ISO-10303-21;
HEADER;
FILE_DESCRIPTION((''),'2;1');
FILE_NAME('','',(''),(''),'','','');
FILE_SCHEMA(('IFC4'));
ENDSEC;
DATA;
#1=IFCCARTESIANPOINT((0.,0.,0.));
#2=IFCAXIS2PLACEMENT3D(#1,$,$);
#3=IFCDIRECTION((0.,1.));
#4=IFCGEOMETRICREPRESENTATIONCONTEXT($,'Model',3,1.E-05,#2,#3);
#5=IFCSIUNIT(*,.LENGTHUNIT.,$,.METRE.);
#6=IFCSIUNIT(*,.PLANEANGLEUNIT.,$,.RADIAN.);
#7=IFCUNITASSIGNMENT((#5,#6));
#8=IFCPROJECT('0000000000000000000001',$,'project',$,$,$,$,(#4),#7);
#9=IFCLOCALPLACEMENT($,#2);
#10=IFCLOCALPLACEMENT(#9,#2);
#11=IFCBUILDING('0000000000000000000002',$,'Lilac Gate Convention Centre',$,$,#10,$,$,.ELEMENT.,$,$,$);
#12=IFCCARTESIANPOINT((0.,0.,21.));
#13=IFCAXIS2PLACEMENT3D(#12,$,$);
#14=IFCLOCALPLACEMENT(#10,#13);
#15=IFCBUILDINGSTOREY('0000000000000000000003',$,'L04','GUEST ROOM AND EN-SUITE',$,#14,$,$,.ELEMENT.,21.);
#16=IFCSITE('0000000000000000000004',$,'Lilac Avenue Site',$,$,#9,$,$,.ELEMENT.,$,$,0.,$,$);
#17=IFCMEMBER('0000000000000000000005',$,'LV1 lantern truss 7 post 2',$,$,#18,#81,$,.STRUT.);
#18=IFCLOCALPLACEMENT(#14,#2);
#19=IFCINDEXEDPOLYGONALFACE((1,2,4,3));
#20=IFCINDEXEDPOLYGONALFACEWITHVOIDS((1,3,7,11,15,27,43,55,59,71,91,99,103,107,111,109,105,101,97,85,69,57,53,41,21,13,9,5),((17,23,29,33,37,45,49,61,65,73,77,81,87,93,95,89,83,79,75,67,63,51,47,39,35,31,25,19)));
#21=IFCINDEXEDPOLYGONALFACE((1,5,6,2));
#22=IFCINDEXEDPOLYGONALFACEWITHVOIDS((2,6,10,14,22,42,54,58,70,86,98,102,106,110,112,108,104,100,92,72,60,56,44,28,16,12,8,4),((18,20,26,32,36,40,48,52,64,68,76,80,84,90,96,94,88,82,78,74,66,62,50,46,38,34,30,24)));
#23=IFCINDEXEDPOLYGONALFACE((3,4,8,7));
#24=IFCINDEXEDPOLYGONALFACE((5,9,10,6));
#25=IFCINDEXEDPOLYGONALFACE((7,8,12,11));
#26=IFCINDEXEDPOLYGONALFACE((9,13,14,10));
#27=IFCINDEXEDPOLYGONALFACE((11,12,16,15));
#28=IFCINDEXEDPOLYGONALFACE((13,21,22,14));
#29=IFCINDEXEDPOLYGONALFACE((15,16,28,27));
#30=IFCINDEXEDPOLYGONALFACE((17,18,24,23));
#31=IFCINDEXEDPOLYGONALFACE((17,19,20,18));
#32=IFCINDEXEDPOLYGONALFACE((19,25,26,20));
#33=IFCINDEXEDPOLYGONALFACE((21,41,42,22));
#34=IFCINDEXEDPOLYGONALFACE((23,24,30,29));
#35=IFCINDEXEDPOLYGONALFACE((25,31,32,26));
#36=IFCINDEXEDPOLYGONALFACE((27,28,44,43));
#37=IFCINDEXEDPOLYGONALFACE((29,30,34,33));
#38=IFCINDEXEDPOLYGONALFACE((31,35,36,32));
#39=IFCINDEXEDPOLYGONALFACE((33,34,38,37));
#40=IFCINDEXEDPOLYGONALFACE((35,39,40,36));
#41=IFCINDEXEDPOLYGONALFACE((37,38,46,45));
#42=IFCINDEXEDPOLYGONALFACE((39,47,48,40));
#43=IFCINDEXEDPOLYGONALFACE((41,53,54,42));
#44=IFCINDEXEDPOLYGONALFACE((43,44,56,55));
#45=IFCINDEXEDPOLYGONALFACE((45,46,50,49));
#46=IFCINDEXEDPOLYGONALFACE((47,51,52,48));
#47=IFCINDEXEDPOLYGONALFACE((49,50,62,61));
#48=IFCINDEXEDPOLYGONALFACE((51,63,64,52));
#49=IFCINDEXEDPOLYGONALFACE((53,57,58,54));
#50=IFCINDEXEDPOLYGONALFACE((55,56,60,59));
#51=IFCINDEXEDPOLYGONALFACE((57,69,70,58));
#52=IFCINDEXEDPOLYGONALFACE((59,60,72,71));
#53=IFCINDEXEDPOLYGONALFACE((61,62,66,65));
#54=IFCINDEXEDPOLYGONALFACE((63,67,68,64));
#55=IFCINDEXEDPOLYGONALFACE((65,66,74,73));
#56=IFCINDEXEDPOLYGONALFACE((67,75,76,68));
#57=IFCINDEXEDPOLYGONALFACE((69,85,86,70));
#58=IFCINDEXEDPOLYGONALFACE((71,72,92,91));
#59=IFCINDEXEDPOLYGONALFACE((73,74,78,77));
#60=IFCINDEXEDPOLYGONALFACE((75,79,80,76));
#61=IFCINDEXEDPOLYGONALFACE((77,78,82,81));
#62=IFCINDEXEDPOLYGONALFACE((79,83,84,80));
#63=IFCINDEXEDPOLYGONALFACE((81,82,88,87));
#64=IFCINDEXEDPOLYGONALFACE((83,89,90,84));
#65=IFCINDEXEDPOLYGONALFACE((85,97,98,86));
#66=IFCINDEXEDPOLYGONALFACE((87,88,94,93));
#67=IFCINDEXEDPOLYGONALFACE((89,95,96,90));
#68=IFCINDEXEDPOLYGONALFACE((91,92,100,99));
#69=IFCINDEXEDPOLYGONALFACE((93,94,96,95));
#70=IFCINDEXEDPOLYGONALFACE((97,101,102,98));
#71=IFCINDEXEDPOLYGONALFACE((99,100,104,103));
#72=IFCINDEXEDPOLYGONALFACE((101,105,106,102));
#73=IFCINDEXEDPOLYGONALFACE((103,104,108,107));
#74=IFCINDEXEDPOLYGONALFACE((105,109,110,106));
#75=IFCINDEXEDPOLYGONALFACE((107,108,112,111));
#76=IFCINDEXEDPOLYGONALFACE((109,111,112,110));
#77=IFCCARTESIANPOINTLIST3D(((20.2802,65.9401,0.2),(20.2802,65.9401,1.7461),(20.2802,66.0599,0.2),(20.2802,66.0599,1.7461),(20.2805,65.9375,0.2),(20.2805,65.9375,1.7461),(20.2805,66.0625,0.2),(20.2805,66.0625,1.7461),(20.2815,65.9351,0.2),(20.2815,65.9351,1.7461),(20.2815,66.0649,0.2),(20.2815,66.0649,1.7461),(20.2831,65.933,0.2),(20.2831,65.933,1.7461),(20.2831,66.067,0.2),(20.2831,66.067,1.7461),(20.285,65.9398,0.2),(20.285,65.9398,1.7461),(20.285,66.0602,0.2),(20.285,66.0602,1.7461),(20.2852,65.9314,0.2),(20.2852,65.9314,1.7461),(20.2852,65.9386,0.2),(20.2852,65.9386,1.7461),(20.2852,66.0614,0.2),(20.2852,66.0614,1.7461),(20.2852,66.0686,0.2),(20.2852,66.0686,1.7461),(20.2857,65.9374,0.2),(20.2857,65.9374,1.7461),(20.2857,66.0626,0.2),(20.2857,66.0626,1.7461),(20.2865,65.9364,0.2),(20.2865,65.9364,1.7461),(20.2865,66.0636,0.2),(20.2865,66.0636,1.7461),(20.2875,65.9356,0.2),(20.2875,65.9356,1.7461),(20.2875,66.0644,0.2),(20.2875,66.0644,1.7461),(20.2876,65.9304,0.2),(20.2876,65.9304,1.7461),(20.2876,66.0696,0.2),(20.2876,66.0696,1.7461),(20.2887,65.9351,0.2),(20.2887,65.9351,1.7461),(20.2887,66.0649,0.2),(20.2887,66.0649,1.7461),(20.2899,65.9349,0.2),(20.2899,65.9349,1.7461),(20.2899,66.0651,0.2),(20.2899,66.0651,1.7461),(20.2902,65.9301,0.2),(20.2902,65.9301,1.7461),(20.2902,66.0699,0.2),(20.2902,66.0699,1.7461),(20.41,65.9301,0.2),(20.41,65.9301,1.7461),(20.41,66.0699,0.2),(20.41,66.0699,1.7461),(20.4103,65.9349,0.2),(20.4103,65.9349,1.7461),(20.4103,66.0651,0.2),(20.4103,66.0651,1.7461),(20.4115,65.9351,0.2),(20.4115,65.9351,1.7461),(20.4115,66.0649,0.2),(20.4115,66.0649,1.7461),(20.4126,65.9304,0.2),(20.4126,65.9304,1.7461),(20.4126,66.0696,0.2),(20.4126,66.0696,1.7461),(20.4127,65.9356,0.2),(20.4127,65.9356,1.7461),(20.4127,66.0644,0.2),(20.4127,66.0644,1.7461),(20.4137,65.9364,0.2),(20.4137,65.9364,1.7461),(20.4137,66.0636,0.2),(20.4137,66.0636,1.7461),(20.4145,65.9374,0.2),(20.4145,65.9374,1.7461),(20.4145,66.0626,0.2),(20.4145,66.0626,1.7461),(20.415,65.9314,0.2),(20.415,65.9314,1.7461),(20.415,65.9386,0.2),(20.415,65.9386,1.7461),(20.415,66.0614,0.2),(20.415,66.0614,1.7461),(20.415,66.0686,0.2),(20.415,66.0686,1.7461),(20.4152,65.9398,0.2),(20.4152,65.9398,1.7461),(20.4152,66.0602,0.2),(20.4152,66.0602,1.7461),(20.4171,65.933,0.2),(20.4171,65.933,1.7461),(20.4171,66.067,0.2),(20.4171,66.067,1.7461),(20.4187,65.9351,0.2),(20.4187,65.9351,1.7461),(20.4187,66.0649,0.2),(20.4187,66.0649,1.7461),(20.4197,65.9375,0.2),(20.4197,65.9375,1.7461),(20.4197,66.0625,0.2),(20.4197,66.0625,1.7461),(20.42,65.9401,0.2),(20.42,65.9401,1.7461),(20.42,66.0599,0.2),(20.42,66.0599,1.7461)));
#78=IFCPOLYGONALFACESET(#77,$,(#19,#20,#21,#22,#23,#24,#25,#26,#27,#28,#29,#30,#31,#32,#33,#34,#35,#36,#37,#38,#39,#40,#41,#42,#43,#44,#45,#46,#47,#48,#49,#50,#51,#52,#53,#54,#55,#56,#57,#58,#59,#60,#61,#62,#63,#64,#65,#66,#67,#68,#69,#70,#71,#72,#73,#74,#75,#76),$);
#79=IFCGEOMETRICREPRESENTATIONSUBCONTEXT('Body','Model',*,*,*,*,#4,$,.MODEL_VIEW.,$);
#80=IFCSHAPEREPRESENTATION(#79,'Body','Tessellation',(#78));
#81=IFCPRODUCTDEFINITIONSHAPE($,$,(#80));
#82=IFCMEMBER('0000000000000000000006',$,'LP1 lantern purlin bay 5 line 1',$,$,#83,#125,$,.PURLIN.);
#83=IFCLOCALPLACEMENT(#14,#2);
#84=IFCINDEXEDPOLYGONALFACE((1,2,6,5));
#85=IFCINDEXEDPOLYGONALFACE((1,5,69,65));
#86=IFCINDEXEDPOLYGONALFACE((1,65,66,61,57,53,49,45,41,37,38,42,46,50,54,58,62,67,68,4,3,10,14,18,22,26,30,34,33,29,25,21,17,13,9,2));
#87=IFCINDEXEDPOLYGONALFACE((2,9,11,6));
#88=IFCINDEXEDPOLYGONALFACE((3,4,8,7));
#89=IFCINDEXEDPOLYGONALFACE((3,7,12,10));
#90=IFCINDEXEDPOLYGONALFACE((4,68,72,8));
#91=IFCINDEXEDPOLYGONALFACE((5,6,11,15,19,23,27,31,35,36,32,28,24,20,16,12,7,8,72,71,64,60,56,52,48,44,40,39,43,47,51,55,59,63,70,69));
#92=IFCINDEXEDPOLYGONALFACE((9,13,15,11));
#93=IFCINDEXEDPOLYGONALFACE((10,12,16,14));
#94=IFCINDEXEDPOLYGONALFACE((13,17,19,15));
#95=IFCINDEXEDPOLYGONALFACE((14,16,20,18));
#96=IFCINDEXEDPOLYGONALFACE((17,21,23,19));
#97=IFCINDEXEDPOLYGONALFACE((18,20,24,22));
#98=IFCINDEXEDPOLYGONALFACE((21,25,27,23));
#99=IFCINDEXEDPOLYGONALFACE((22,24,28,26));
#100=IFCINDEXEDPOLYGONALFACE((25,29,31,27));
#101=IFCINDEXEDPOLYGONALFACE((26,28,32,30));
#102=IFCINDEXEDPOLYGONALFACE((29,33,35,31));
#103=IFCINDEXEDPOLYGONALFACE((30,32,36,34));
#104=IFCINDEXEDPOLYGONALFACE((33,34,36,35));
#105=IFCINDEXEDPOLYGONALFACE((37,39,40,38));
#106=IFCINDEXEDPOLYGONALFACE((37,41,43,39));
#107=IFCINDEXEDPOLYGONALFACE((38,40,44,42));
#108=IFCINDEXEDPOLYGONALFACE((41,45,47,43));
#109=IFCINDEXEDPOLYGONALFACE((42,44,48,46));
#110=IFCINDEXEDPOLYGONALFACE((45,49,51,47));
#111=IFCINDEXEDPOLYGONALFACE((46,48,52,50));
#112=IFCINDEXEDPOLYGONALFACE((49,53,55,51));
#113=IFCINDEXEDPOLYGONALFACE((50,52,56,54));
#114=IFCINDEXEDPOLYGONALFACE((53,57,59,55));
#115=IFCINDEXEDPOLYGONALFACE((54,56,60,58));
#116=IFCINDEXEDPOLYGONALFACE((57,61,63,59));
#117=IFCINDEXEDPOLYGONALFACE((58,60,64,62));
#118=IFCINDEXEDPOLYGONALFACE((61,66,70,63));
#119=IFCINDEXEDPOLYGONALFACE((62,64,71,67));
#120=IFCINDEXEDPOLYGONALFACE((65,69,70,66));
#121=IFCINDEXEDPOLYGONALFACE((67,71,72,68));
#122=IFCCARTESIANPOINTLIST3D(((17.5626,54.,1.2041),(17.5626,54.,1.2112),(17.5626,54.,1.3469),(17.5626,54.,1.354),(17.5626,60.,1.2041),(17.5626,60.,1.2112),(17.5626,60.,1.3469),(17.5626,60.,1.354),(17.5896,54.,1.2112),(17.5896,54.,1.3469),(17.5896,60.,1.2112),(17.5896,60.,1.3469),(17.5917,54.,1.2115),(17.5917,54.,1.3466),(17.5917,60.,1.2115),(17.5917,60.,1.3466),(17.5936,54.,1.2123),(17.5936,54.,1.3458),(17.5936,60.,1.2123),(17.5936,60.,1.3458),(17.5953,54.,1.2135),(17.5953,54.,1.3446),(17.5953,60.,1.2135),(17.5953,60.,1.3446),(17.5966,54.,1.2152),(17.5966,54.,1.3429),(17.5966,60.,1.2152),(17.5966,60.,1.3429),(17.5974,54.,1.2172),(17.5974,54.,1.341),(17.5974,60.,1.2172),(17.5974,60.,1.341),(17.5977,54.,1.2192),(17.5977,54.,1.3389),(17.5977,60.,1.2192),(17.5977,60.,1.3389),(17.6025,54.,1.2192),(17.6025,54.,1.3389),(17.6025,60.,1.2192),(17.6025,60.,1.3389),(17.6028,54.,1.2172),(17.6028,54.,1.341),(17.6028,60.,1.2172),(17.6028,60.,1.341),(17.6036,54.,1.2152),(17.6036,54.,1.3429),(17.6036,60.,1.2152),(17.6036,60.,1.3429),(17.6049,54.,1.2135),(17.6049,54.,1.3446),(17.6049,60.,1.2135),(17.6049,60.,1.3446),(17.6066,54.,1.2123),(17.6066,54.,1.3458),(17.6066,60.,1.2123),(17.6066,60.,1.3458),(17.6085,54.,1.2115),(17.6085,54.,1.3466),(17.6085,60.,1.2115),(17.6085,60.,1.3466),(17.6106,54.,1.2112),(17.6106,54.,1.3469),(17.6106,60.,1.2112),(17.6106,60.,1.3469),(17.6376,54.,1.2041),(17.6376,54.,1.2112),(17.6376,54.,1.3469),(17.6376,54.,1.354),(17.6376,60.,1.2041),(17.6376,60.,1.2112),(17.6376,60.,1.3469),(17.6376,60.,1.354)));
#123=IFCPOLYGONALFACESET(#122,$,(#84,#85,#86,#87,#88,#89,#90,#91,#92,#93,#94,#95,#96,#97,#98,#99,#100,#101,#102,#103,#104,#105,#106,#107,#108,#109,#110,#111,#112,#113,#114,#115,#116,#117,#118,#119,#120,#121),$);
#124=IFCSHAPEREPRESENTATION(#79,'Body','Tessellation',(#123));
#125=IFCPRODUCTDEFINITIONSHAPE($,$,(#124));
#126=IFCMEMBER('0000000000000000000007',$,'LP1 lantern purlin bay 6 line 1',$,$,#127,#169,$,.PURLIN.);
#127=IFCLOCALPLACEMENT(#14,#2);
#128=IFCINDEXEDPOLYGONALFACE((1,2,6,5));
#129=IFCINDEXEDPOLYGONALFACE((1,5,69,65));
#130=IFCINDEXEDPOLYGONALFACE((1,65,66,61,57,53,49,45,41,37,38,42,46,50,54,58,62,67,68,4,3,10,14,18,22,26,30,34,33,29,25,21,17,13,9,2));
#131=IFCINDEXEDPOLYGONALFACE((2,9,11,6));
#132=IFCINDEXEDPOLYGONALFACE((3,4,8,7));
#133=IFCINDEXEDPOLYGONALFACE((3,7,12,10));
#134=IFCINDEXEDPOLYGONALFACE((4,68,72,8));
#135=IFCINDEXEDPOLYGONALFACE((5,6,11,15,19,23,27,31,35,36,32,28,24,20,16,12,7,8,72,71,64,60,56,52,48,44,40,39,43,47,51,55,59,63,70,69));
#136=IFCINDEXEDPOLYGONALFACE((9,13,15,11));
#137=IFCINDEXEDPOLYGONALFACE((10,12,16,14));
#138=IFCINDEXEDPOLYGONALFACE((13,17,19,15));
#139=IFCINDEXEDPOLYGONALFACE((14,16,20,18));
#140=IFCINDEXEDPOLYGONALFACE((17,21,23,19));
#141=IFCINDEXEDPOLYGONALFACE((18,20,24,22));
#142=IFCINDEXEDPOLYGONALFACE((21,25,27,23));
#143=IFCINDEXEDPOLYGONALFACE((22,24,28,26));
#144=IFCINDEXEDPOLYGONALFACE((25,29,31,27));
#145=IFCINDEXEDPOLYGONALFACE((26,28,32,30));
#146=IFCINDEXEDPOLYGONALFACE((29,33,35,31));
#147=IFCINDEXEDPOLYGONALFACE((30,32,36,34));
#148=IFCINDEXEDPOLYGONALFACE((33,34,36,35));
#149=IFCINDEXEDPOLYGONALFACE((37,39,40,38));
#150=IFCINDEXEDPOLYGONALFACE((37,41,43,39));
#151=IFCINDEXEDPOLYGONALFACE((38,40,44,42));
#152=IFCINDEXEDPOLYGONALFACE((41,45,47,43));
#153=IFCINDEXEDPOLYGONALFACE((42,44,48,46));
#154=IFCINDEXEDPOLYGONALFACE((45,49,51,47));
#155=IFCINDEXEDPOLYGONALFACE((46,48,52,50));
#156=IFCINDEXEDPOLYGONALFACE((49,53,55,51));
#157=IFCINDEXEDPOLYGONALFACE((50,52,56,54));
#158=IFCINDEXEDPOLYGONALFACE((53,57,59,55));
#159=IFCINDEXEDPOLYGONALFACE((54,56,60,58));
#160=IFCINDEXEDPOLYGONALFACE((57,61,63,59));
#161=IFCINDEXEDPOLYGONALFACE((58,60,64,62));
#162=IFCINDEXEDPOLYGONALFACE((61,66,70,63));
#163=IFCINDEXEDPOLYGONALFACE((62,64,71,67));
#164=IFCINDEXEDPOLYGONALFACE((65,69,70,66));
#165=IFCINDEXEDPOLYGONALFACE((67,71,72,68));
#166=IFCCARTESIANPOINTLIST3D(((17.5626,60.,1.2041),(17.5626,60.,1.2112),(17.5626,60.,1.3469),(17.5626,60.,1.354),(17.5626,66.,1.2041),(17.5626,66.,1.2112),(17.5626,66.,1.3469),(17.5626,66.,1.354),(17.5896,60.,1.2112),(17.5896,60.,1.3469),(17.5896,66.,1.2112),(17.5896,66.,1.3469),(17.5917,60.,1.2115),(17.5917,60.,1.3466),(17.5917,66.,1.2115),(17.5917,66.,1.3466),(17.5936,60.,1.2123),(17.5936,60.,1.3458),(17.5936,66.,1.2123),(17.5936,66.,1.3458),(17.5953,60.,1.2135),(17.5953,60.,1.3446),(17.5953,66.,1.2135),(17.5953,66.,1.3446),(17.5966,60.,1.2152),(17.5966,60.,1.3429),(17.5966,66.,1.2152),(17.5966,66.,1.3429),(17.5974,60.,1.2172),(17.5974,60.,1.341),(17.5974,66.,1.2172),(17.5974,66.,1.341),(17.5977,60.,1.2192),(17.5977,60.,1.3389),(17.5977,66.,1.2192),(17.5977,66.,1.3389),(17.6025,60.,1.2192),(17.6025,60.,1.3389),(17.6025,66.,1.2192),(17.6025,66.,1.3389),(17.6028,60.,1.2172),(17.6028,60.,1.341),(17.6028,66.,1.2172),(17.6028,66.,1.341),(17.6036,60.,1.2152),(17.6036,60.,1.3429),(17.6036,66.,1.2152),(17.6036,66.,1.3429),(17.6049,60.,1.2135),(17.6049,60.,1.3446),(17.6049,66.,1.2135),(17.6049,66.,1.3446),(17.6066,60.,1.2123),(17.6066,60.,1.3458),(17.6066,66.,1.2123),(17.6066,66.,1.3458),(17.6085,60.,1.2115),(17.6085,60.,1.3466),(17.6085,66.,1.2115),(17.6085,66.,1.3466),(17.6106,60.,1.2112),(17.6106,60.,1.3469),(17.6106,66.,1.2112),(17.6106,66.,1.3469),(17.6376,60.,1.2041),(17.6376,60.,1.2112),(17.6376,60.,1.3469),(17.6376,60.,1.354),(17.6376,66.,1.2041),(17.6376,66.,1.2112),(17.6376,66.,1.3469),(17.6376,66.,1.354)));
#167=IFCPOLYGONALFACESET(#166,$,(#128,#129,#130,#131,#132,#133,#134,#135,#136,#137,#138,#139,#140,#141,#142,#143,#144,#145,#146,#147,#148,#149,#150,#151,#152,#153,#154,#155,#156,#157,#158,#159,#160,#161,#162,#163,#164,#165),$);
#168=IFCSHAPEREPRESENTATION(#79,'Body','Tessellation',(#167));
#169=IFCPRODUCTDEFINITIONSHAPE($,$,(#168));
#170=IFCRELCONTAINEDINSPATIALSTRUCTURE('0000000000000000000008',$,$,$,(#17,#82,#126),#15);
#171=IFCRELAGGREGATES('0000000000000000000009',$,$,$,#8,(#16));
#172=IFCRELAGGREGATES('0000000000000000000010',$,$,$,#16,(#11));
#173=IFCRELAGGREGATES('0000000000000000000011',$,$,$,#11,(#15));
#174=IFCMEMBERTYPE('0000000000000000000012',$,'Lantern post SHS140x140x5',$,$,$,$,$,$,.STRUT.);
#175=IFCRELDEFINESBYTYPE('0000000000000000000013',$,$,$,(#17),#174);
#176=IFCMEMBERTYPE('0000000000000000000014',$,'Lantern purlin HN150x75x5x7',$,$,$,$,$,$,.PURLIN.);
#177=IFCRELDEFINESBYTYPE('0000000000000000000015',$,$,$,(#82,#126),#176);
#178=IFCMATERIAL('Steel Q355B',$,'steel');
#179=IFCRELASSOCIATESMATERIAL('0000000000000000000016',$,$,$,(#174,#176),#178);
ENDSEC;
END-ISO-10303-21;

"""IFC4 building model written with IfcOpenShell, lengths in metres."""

from ifc_helpers import new_model, si_unit, direction, frame, origin, origin_2d, place, context, subcontext, project, spatial, hollow_rectangle, i_section, extrude, material, material_profile, profile_set, type_object, element, save


model = new_model("IFC4")

# Units and contexts
model_context = context("Model", 3, precision=1e-05, world=origin(), true_north=direction((0.0, 1.0)))
body_context = subcontext(model_context, "Body", "Model", "MODEL_VIEW")
ifc_project = project(units=[si_unit("LENGTHUNIT", "METRE"), si_unit("PLANEANGLEUNIT", "RADIAN")], contexts=[model_context])

# Site, building, storey
site_placement = place(None, origin())
site = spatial("IfcSite", under=ifc_project, at=site_placement, Name="Lilac Avenue Site", CompositionType="ELEMENT", RefElevation=0.0)
building_placement = place(site_placement, origin())
building = spatial("IfcBuilding", under=site, at=building_placement, Name="Lilac Gate Convention Centre", CompositionType="ELEMENT")
storey_placement = place(building_placement, frame((0.0, 0.0, 21.0)))
storey = spatial("IfcBuildingStorey", under=building, at=storey_placement, Name="L04", Description="GUEST ROOM AND EN-SUITE", CompositionType="ELEMENT", Elevation=21.0)

# Members
ifc_material_1 = material(Name="Steel Q355B", Category="steel")
ifc_material_profile_1 = material_profile(ifc_material_1, hollow_rectangle(XDim=0.1399, YDim=0.1399, WallThickness=0.0049, InnerFilletRadius=0.0049, OuterFilletRadius=0.01, at=origin_2d()), Name="SHS140x140x5")
ifc_profile_set_1 = profile_set([ifc_material_profile_1], Name="Steel Q355B")
member_type_1 = type_object("IfcMemberType", Name="Lantern post SHS140x140x5", PredefinedType="STRUT", material=ifc_profile_set_1)
member_1_placement = place(storey_placement, frame((20.3501, 66.0, 0.2), z_axis=(0.0, 0.0, 1.0), x_axis=(1.0, 0.0, 0.0)))
element("IfcMember", 1, at=member_1_placement, inside=storey, type_object=member_type_1, Name="LV1 lantern truss 7 post 2", PredefinedType="STRUT", context=body_context, shape_type="SweptSolid", body=[
    extrude(hollow_rectangle(XDim=0.1399, YDim=0.1399, WallThickness=0.0049, InnerFilletRadius=0.0049, OuterFilletRadius=0.01, at=origin_2d()), origin(), (0.0, 0.0, 1.0), 1.5461),
])
ifc_material_profile_2 = material_profile(ifc_material_1, i_section(OverallWidth=0.075, OverallDepth=0.1499, WebThickness=0.0049, FlangeThickness=0.0071, FilletRadius=0.0081, at=origin_2d()), Name="HN150x75x5x7")
ifc_profile_set_2 = profile_set([ifc_material_profile_2], Name="Steel Q355B")
member_type_2 = type_object("IfcMemberType", Name="Lantern purlin HN150x75x5x7", PredefinedType="PURLIN", material=ifc_profile_set_2)
for number, where, z_axis, x_axis, name in (
    (2, (17.6001, 54.0, 1.2791), (0.0, 1.0, 0.0), (-1.0, 0.0, 0.0), "LP1 lantern purlin bay 5 line 1"),
    (3, (17.6001, 60.0, 1.2791), (0.0, 1.0, 0.0), (-1.0, 0.0, 0.0), "LP1 lantern purlin bay 6 line 1"),
):
    element("IfcMember", number, at=place(storey_placement, frame(where, z_axis=z_axis, x_axis=x_axis)), inside=storey, type_object=member_type_2, Name=name, PredefinedType="PURLIN", context=body_context, shape_type="SweptSolid", body=[
        extrude(i_section(OverallWidth=0.075, OverallDepth=0.1499, WebThickness=0.0049, FlangeThickness=0.0071, FilletRadius=0.0081, at=origin_2d()), origin(), (0.0, 0.0, 1.0), 6.0),
    ])

save(model, "model.ifc")
